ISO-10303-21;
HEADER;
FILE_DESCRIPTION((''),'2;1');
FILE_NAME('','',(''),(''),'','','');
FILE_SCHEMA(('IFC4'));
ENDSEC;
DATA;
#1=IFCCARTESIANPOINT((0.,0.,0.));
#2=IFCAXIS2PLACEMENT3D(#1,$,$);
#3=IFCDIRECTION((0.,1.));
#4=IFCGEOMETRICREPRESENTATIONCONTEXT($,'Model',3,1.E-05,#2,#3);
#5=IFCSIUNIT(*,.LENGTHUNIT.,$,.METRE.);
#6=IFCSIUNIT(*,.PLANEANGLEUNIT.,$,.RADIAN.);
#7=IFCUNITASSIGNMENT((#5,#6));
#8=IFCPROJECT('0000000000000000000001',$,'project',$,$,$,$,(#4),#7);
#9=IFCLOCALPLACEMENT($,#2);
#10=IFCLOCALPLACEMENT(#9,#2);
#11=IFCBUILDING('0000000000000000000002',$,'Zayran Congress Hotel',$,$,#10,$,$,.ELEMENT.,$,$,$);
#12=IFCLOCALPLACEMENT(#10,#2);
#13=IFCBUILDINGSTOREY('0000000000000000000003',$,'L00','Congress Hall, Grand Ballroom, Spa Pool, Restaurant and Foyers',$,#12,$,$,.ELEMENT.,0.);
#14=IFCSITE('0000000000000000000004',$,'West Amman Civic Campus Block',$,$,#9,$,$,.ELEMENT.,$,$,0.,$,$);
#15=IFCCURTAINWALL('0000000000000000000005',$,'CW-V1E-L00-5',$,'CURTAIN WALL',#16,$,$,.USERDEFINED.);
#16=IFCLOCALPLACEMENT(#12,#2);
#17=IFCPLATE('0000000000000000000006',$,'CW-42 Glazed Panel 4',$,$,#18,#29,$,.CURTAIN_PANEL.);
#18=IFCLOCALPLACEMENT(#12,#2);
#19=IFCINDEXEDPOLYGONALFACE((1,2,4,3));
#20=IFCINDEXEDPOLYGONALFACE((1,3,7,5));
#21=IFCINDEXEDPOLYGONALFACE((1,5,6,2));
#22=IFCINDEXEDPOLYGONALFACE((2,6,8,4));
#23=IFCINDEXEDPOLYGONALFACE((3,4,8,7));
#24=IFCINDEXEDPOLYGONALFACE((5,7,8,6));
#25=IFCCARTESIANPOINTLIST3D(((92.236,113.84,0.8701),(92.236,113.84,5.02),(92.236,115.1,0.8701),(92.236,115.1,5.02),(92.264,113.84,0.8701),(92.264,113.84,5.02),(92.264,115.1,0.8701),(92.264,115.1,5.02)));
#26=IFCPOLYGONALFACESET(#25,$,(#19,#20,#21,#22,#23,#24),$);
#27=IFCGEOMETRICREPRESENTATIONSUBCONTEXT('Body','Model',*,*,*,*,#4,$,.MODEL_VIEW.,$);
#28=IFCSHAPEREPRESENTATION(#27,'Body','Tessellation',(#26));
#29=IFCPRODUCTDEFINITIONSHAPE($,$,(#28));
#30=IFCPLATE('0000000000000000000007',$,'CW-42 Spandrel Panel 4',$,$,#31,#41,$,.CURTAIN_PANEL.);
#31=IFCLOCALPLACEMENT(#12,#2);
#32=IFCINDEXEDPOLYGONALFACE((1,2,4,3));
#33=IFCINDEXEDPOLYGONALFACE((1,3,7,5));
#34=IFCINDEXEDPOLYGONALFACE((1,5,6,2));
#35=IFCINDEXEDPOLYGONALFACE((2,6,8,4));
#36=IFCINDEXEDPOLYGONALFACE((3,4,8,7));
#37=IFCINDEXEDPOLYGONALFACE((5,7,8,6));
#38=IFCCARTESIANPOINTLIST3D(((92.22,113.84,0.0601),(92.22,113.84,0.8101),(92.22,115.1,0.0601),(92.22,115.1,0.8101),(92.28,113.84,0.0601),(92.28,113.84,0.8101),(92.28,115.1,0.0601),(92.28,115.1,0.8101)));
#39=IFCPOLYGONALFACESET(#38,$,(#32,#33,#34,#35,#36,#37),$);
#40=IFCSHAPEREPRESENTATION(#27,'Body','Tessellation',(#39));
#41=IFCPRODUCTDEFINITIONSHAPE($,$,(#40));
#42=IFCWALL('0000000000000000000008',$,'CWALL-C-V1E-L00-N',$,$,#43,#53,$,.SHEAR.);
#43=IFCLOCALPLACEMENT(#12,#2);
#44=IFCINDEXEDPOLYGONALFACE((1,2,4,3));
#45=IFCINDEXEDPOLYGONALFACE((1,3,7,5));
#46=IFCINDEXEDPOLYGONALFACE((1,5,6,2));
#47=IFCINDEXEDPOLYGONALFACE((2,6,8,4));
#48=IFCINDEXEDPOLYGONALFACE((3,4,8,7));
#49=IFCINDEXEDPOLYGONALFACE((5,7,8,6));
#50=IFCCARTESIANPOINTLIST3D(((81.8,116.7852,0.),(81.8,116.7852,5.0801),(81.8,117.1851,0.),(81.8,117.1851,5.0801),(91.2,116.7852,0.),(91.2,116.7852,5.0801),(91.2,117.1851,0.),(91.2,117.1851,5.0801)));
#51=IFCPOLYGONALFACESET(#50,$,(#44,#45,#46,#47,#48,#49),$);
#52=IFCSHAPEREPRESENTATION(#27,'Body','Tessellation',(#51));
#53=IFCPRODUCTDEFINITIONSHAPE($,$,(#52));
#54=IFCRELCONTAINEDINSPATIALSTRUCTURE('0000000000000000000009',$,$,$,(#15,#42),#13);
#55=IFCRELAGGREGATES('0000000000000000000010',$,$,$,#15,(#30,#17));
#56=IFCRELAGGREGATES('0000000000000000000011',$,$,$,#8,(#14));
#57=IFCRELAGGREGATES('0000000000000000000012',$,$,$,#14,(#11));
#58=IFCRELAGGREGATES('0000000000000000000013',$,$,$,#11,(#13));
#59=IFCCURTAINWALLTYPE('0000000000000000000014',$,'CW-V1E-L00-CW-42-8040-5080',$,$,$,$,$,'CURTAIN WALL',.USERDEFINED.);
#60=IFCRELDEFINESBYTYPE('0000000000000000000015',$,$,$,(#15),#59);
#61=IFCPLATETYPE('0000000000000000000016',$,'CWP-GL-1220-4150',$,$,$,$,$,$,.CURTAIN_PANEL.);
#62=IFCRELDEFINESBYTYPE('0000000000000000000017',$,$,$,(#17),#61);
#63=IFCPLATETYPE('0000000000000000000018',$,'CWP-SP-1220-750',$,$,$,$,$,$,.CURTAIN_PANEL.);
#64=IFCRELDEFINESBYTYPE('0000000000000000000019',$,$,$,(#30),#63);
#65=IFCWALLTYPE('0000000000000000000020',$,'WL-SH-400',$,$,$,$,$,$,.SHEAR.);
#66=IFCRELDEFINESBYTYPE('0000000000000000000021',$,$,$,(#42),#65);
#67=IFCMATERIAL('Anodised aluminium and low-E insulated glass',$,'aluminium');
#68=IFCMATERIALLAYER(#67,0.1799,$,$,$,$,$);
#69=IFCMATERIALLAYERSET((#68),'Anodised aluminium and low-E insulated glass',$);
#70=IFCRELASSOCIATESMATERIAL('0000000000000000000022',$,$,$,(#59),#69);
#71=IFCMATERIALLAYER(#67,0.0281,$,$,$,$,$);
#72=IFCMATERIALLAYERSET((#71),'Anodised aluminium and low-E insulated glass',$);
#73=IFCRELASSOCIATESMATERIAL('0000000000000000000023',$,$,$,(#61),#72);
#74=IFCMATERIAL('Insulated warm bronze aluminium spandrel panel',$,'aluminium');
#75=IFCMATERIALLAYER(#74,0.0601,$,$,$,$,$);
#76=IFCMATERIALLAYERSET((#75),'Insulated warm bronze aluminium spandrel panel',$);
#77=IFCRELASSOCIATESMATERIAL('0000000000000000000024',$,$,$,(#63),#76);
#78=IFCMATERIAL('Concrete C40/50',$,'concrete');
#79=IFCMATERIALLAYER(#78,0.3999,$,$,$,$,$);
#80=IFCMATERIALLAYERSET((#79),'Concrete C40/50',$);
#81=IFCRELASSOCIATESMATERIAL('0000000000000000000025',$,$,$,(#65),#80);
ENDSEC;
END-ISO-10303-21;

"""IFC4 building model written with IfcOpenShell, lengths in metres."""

from ifc_helpers import new_model, si_unit, direction, frame, frame_2d, origin, origin_2d, place, context, subcontext, project, spatial, rectangle, extrude, material, layer, layer_set, type_object, element, aggregate, save


model = new_model("IFC4")

# Units and contexts
model_context = context("Model", 3, precision=1e-05, world=origin(), true_north=direction((0.0, 1.0)))
body_context = subcontext(model_context, "Body", "Model", "MODEL_VIEW")
ifc_project = project(units=[si_unit("LENGTHUNIT", "METRE"), si_unit("PLANEANGLEUNIT", "RADIAN")], contexts=[model_context])

# Site, building, storey
site_placement = place(None, origin())
site = spatial("IfcSite", under=ifc_project, at=site_placement, Name="West Amman Civic Campus Block", CompositionType="ELEMENT", RefElevation=0.0)
building_placement = place(site_placement, origin())
building = spatial("IfcBuilding", under=site, at=building_placement, Name="Zayran Congress Hotel", CompositionType="ELEMENT")
storey_placement = place(building_placement, origin())
storey = spatial("IfcBuildingStorey", under=building, at=storey_placement, Name="L00", Description="Congress Hall, Grand Ballroom, Spa Pool, Restaurant and Foyers", CompositionType="ELEMENT", Elevation=0.0)

# Shared definitions
ifc_material_1 = material(Name="Concrete C40/50", Category="concrete")

# Shared definitions
ifc_material_2 = material(Name="Anodised aluminium and low-E insulated glass", Category="aluminium")

# Curtain wall
ifc_layer_1 = layer(ifc_material_2, 0.1799)
ifc_layer_set_1 = layer_set([ifc_layer_1], Name="Anodised aluminium and low-E insulated glass")
curtain_wall_type_1 = type_object("IfcCurtainWallType", Name="CW-V1E-L00-CW-42-8040-5080", ElementType="CURTAIN WALL", PredefinedType="USERDEFINED", material=ifc_layer_set_1)
curtain_wall_1_placement = place(storey_placement, origin())
curtain_wall_1 = element("IfcCurtainWall", 1, at=curtain_wall_1_placement, inside=storey, type_object=curtain_wall_type_1, Name="CW-V1E-L00-5", ObjectType="CURTAIN WALL", PredefinedType="USERDEFINED")

# Plates
ifc_material_3 = material(Name="Insulated warm bronze aluminium spandrel panel", Category="aluminium")
ifc_layer_2 = layer(ifc_material_2, 0.0281)
ifc_layer_set_2 = layer_set([ifc_layer_2], Name="Anodised aluminium and low-E insulated glass")
plate_type_1 = type_object("IfcPlateType", Name="CWP-GL-1220-4150", PredefinedType="CURTAIN_PANEL", material=ifc_layer_set_2)
plate_1_placement = place(storey_placement, frame((92.25, 114.47, 0.8701), z_axis=(0.0, 0.0, 1.0), x_axis=(0.0, 1.0, 0.0)))
plate_1 = element("IfcPlate", 2, at=plate_1_placement, type_object=plate_type_1, Name="CW-42 Glazed Panel 4", PredefinedType="CURTAIN_PANEL", context=body_context, shape_type="SweptSolid", body=[
    extrude(rectangle(XDim=1.26, YDim=0.0281, at=origin_2d()), origin(), (0.0, 0.0, 1.0), 4.1499),
])
ifc_layer_3 = layer(ifc_material_3, 0.0601)
ifc_layer_set_3 = layer_set([ifc_layer_3], Name="Insulated warm bronze aluminium spandrel panel")
plate_type_2 = type_object("IfcPlateType", Name="CWP-SP-1220-750", PredefinedType="CURTAIN_PANEL", material=ifc_layer_set_3)
plate_2_placement = place(storey_placement, frame((92.25, 114.47, 0.0601), z_axis=(0.0, 0.0, 1.0), x_axis=(0.0, 1.0, 0.0)))
plate_2 = element("IfcPlate", 3, at=plate_2_placement, type_object=plate_type_2, Name="CW-42 Spandrel Panel 4", PredefinedType="CURTAIN_PANEL", context=body_context, shape_type="SweptSolid", body=[
    extrude(rectangle(XDim=1.26, YDim=0.0601, at=origin_2d()), origin(), (0.0, 0.0, 1.0), 0.75),
])
aggregate(curtain_wall_1, [plate_2, plate_1])

# Wall
ifc_layer_4 = layer(ifc_material_1, 0.3999)
ifc_layer_set_4 = layer_set([ifc_layer_4], Name="Concrete C40/50")
wall_type = type_object("IfcWallType", Name="WL-SH-400", PredefinedType="SHEAR", material=ifc_layer_set_4)
wall_placement = place(storey_placement, frame((91.2, 116.9851, 0.0), z_axis=(0.0, 0.0, 1.0), x_axis=(-1.0, 0.0, 0.0)))
element("IfcWall", 4, at=wall_placement, inside=storey, type_object=wall_type, Name="CWALL-C-V1E-L00-N", PredefinedType="SHEAR", context=body_context, shape_type="SweptSolid", body=[
    extrude(rectangle(XDim=9.3999, YDim=0.3999, at=frame_2d((4.7, 0.0))), origin(), (0.0, 0.0, 1.0), 5.0801),
])

save(model, "model.ifc")
